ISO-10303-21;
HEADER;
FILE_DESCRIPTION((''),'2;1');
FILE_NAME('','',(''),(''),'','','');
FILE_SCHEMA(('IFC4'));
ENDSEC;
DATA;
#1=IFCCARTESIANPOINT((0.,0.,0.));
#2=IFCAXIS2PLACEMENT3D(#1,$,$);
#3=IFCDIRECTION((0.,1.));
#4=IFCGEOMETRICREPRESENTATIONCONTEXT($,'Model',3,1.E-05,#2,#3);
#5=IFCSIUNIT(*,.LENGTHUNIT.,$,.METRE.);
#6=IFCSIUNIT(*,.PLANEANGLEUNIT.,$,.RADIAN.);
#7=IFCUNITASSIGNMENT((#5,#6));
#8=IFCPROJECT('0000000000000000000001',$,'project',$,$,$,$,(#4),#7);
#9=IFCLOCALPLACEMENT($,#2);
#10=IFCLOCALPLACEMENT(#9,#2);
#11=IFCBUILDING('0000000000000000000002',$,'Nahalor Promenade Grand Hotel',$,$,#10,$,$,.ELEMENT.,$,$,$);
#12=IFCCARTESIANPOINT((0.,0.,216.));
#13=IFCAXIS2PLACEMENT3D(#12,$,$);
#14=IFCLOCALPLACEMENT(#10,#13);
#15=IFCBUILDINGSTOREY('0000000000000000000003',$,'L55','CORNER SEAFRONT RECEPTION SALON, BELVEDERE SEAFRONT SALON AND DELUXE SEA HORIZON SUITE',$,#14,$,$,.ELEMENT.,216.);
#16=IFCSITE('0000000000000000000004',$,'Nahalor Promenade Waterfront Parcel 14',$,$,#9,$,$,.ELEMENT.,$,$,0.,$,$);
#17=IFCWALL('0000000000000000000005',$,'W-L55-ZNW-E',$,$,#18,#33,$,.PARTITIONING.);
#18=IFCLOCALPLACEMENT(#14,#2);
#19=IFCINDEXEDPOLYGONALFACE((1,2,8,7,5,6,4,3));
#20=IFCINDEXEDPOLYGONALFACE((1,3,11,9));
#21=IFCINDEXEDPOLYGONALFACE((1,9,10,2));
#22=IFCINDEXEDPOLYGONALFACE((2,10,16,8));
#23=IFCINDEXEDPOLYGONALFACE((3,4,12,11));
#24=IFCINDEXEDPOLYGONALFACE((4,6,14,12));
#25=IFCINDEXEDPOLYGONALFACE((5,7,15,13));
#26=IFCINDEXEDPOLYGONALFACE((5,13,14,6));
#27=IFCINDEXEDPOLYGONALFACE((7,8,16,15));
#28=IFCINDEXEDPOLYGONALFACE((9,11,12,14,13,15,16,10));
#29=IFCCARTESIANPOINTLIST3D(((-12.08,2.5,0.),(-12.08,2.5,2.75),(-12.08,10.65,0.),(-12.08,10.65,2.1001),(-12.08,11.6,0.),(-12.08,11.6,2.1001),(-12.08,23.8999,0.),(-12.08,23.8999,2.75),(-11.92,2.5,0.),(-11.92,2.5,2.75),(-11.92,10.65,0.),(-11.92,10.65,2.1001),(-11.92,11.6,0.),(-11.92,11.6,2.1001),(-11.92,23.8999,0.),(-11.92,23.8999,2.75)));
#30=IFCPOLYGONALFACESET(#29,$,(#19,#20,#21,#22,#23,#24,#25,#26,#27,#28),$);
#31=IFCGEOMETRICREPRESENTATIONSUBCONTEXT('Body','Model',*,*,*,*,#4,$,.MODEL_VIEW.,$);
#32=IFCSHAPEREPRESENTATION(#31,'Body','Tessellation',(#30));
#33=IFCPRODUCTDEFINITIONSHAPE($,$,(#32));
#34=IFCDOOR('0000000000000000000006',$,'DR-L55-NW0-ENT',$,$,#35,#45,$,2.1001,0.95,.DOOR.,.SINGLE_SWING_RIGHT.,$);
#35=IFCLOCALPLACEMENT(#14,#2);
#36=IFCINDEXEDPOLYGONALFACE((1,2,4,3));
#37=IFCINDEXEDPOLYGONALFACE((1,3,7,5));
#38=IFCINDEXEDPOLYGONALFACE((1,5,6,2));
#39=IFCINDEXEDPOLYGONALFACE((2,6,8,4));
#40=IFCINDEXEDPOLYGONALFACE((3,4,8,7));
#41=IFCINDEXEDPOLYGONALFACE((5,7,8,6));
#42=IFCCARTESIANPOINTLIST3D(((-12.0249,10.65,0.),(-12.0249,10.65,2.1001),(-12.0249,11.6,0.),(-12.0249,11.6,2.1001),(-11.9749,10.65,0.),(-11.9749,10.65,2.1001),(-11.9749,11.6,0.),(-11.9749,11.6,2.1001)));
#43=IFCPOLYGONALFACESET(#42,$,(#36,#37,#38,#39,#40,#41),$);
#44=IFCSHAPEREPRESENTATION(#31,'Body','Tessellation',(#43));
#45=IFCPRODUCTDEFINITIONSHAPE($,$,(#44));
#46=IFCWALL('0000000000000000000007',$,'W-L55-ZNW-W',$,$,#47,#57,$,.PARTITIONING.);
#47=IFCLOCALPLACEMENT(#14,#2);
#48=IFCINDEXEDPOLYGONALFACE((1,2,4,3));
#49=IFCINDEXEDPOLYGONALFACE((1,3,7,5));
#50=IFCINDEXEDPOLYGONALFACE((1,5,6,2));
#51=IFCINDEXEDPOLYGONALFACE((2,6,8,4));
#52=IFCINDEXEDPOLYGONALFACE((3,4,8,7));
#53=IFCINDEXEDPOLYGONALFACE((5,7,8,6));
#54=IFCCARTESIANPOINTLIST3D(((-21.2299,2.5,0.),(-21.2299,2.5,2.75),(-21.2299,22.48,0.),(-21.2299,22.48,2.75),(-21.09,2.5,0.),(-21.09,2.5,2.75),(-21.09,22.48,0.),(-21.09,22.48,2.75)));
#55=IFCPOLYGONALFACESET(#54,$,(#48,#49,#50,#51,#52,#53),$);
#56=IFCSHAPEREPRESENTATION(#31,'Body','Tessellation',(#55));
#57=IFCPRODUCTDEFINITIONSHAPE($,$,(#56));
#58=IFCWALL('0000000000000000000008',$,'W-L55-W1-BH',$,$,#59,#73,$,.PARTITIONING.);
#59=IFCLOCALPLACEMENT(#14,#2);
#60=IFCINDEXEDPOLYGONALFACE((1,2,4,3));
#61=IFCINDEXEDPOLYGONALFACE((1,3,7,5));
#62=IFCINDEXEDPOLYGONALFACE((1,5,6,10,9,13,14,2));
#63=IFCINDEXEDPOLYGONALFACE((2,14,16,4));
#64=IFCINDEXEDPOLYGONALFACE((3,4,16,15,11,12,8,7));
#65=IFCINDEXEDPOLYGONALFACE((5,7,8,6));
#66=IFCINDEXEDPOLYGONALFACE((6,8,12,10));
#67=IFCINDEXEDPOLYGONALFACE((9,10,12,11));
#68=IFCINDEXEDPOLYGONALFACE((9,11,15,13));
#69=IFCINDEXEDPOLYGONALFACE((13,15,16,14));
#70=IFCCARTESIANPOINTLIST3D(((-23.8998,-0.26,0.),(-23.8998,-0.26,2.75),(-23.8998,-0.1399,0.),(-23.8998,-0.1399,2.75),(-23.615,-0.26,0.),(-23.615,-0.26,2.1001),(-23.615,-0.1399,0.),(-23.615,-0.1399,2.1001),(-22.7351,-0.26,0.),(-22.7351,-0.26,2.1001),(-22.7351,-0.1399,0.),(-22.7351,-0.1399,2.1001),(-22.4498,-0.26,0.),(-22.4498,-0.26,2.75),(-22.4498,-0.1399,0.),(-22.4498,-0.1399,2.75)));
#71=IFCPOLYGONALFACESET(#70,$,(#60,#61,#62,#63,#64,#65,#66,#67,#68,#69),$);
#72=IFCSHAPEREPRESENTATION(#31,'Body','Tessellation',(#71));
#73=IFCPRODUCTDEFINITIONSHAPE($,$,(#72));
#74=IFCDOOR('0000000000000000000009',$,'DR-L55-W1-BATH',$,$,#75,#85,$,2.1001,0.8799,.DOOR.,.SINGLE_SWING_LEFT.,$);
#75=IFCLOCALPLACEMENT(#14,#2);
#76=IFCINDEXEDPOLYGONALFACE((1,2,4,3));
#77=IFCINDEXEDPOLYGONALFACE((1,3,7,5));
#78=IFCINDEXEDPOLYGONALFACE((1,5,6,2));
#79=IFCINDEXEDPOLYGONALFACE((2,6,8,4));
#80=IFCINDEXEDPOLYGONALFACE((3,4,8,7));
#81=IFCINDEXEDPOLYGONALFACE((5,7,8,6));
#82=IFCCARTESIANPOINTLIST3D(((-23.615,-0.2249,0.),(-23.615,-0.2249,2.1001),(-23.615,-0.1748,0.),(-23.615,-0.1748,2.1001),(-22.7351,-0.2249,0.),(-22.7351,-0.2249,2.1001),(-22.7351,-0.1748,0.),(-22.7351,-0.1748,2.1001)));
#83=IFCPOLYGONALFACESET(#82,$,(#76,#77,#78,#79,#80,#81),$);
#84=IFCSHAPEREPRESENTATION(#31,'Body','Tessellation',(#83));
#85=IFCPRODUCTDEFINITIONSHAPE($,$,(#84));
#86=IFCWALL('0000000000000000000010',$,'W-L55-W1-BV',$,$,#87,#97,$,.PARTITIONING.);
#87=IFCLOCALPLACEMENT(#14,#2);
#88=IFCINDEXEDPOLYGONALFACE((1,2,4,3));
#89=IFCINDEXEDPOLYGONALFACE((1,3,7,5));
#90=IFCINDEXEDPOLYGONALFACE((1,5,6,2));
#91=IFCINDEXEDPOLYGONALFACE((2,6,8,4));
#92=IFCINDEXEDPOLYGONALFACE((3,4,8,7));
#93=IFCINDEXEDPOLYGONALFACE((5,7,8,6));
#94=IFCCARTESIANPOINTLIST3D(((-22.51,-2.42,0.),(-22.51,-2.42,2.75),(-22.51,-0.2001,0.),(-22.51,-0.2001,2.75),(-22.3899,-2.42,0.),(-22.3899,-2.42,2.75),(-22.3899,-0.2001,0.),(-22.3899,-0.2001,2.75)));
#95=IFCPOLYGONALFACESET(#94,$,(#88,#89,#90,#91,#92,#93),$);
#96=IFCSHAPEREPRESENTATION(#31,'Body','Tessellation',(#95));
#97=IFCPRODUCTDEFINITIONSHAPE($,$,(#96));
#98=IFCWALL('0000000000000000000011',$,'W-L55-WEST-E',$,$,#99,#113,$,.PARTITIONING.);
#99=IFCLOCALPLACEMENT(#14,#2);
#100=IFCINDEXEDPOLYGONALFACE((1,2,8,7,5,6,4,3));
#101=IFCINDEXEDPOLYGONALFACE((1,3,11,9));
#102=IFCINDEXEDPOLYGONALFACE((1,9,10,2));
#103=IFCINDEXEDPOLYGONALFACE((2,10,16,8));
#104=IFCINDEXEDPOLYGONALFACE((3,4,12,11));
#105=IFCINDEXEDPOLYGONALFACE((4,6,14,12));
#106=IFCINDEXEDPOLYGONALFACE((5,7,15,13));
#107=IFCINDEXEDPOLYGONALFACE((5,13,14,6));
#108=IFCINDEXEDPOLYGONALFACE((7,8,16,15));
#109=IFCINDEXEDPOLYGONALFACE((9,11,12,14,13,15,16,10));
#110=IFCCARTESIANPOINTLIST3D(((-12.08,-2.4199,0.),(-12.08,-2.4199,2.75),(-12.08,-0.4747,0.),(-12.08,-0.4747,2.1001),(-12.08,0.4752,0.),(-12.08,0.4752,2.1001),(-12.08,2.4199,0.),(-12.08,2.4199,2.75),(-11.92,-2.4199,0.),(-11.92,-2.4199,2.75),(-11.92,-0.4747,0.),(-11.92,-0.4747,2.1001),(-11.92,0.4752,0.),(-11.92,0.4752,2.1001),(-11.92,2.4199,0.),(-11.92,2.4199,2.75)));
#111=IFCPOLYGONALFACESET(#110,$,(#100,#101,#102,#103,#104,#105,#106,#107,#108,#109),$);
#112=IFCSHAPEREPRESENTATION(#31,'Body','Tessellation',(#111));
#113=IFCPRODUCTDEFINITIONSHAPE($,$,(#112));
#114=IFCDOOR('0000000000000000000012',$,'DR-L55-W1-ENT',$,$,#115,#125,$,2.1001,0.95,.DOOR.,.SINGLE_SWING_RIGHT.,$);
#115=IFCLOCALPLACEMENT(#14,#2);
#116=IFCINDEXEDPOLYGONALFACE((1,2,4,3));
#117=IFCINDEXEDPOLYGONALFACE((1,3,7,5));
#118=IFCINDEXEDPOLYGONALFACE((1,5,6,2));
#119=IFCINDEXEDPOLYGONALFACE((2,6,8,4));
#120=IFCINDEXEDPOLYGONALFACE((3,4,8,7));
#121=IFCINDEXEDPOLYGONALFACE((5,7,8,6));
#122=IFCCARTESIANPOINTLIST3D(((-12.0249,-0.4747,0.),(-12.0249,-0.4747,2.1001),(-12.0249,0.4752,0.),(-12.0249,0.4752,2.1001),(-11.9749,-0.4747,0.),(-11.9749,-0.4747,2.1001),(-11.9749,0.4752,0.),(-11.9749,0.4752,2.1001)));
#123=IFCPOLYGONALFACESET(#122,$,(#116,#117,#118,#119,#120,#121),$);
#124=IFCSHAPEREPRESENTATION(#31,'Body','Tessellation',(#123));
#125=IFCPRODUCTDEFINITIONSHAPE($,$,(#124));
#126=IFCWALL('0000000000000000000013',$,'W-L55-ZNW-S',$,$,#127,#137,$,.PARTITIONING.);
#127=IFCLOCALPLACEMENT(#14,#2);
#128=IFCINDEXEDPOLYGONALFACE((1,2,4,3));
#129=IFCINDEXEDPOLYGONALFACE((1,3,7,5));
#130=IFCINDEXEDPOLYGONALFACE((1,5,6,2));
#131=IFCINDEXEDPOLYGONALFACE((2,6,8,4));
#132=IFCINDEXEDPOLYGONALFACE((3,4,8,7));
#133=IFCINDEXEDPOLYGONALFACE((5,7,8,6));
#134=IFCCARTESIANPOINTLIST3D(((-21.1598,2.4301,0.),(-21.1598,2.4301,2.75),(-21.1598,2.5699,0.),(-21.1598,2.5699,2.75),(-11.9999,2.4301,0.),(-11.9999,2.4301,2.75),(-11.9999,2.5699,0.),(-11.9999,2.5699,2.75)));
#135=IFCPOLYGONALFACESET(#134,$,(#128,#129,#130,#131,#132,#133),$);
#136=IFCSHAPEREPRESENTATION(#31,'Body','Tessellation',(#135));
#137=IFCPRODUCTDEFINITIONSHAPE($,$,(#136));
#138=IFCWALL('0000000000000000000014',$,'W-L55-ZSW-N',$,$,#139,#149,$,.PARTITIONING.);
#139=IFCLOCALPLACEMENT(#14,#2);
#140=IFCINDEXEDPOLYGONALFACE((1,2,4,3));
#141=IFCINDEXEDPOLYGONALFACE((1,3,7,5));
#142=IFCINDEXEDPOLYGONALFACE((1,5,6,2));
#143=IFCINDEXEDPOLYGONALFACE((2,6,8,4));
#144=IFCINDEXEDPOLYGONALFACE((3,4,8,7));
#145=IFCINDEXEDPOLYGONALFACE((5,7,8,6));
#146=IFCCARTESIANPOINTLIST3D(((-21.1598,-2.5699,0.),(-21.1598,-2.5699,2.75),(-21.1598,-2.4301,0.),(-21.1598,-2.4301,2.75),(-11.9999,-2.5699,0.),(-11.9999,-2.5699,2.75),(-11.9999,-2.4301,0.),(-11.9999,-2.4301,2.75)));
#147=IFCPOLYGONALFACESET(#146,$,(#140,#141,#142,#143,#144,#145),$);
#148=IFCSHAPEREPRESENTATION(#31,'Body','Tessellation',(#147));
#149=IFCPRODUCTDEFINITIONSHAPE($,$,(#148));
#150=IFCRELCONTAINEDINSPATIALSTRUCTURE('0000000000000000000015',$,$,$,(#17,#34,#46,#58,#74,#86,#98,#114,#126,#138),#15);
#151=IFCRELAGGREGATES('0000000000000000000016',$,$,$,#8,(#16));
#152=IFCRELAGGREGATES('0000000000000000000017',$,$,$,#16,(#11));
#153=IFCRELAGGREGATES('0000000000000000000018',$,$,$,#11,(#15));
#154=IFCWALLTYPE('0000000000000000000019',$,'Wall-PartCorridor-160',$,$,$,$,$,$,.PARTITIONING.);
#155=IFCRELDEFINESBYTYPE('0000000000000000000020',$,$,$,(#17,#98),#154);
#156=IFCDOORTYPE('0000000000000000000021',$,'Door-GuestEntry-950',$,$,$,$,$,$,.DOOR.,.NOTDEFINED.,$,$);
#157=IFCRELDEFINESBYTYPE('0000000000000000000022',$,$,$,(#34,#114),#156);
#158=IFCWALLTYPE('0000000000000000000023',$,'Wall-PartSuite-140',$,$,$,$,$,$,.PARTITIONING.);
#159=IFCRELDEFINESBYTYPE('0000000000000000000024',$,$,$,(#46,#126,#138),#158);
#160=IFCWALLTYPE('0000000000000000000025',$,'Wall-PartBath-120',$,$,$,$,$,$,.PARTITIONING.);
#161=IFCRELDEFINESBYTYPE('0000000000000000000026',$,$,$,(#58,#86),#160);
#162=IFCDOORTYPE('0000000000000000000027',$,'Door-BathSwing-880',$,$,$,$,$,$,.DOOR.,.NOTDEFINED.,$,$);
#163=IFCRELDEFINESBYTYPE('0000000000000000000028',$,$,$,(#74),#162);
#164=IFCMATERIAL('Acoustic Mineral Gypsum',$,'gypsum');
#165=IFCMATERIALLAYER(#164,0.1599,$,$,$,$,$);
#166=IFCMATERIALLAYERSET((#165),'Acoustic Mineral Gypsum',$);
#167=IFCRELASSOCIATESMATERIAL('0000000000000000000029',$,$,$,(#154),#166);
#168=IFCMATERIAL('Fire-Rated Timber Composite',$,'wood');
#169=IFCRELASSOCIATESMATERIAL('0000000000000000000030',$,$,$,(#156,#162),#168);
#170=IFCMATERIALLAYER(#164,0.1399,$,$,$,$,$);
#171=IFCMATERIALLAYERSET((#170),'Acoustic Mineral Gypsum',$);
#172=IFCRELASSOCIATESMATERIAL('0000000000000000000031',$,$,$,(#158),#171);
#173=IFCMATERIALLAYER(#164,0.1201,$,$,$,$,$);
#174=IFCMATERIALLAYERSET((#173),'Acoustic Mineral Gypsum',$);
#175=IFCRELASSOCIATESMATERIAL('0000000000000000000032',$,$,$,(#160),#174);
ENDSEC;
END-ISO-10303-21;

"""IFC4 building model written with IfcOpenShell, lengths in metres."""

from ifc_helpers import new_model, si_unit, direction, frame, frame_2d, origin, place, context, subcontext, project, spatial, rectangle, extrude, source, transform, mapped, material, layer, layer_set, type_object, element, fill, save


model = new_model("IFC4")

# Units and contexts
model_context = context("Model", 3, precision=1e-05, world=origin(), true_north=direction((0.0, 1.0)))
body_context = subcontext(model_context, "Body", "Model", "MODEL_VIEW")
ifc_project = project(units=[si_unit("LENGTHUNIT", "METRE"), si_unit("PLANEANGLEUNIT", "RADIAN")], contexts=[model_context])

# Site, building, storey
site_placement = place(None, origin())
site = spatial("IfcSite", under=ifc_project, at=site_placement, Name="Nahalor Promenade Waterfront Parcel 14", CompositionType="ELEMENT", RefElevation=0.0)
building_placement = place(site_placement, origin())
building = spatial("IfcBuilding", under=site, at=building_placement, Name="Nahalor Promenade Grand Hotel", CompositionType="ELEMENT")
storey_placement = place(building_placement, frame((0.0, 0.0, 216.0)))
storey = spatial("IfcBuildingStorey", under=building, at=storey_placement, Name="L55", Description="CORNER SEAFRONT RECEPTION SALON, BELVEDERE SEAFRONT SALON AND DELUXE SEA HORIZON SUITE", CompositionType="ELEMENT", Elevation=216.0)

# Wall, opening, door
ifc_material_1 = material(Name="Acoustic Mineral Gypsum", Category="gypsum")
ifc_layer_1 = layer(ifc_material_1, 0.1599)
ifc_layer_set_1 = layer_set([ifc_layer_1], Name="Acoustic Mineral Gypsum")
wall_type_1 = type_object("IfcWallType", Name="Wall-PartCorridor-160", PredefinedType="PARTITIONING", material=ifc_layer_set_1)
shared_shape_1 = source(origin(), body_context, "Body", "SweptSolid", [
    extrude(rectangle(XDim=21.3999, YDim=0.1599, at=frame_2d((10.7, 0.0))), origin(), (0.0, 0.0, 1.0), 2.75),
])
wall_1_placement = place(storey_placement, frame((-12.0, 2.5, 0.0), z_axis=(0.0, 0.0, 1.0), x_axis=(0.0, 1.0, 0.0)))
wall_1 = element("IfcWall", 1, at=wall_1_placement, inside=storey, type_object=wall_type_1, Name="W-L55-ZNW-E", PredefinedType="PARTITIONING", context=body_context, shape_type="MappedRepresentation", body=[
    mapped(shared_shape_1, transform((0.0, 0.0, 0.0), scale=1.0)),
])
opening_1_placement = place(wall_1_placement, frame((8.1499, 0.0, 0.0)))
opening_1 = element("IfcOpeningElement", 2, at=opening_1_placement, cuts=wall_1, PredefinedType="OPENING", context=body_context, shape_type="SweptSolid", body=[
    extrude(rectangle(XDim=0.95, YDim=2.1001, at=frame_2d((0.4751, 1.05))), frame((0.0, 0.0898, 0.0), z_axis=(0.0, -1.0, 0.0), x_axis=(1.0, 0.0, 0.0)), (0.0, 0.0, 1.0), 0.1799),
])
ifc_material_2 = material(Name="Fire-Rated Timber Composite", Category="wood")
door_type_1 = type_object("IfcDoorType", Name="Door-GuestEntry-950", OperationType="NOTDEFINED", PredefinedType="DOOR", material=ifc_material_2)
shared_shape_2 = source(origin(), body_context, "Body", "SweptSolid", [
    extrude(rectangle(XDim=0.95, YDim=2.1001, at=frame_2d((0.4751, 1.05))), frame((0.0, 0.0249, 0.0), z_axis=(0.0, -1.0, 0.0), x_axis=(1.0, 0.0, 0.0)), (0.0, 0.0, 1.0), 0.05),
])
door_1_placement = place(opening_1_placement, origin())
door_1 = element("IfcDoor", 3, at=door_1_placement, inside=storey, type_object=door_type_1, Name="DR-L55-NW0-ENT", OperationType="SINGLE_SWING_RIGHT", OverallHeight=2.1001, OverallWidth=0.95, PredefinedType="DOOR", context=body_context, shape_type="MappedRepresentation", body=[
    mapped(shared_shape_2, transform((0.0, 0.0, 0.0), scale=1.0)),
])
fill(opening_1, door_1)

# Wall
ifc_layer_2 = layer(ifc_material_1, 0.1399)
ifc_layer_set_2 = layer_set([ifc_layer_2], Name="Acoustic Mineral Gypsum")
wall_type_2 = type_object("IfcWallType", Name="Wall-PartSuite-140", PredefinedType="PARTITIONING", material=ifc_layer_set_2)
shared_shape_3 = source(origin(), body_context, "Body", "SweptSolid", [
    extrude(rectangle(XDim=19.98, YDim=0.1399, at=frame_2d((9.99, 0.0))), origin(), (0.0, 0.0, 1.0), 2.75),
])
wall_2_placement = place(storey_placement, frame((-21.1599, 2.5, 0.0), z_axis=(0.0, 0.0, 1.0), x_axis=(0.0, 1.0, 0.0)))
element("IfcWall", 4, at=wall_2_placement, inside=storey, type_object=wall_type_2, Name="W-L55-ZNW-W", PredefinedType="PARTITIONING", context=body_context, shape_type="MappedRepresentation", body=[
    mapped(shared_shape_3, transform((0.0, 0.0, 0.0), scale=1.0)),
])

# Wall, opening, door
ifc_layer_3 = layer(ifc_material_1, 0.1201)
ifc_layer_set_3 = layer_set([ifc_layer_3], Name="Acoustic Mineral Gypsum")
wall_type_3 = type_object("IfcWallType", Name="Wall-PartBath-120", PredefinedType="PARTITIONING", material=ifc_layer_set_3)
shared_shape_4 = source(origin(), body_context, "Body", "SweptSolid", [
    extrude(rectangle(XDim=1.45, YDim=0.1201, at=frame_2d((0.7251, 0.0))), origin(), (0.0, 0.0, 1.0), 2.75),
])
wall_3_placement = place(storey_placement, frame((-23.8999, -0.2, 0.0), z_axis=(0.0, 0.0, 1.0), x_axis=(1.0, 0.0, 0.0)))
wall_3 = element("IfcWall", 5, at=wall_3_placement, inside=storey, type_object=wall_type_3, Name="W-L55-W1-BH", PredefinedType="PARTITIONING", context=body_context, shape_type="MappedRepresentation", body=[
    mapped(shared_shape_4, transform((0.0, 0.0, 0.0), scale=1.0)),
])
opening_2_placement = place(wall_3_placement, frame((0.2849, 0.0, 0.0)))
opening_2 = element("IfcOpeningElement", 6, at=opening_2_placement, cuts=wall_3, PredefinedType="OPENING", context=body_context, shape_type="SweptSolid", body=[
    extrude(rectangle(XDim=0.8799, YDim=2.1001, at=frame_2d((0.4399, 1.05))), frame((0.0, 0.0701, 0.0), z_axis=(0.0, -1.0, 0.0), x_axis=(1.0, 0.0, 0.0)), (0.0, 0.0, 1.0), 0.1401),
])
door_type_2 = type_object("IfcDoorType", Name="Door-BathSwing-880", OperationType="NOTDEFINED", PredefinedType="DOOR", material=ifc_material_2)
shared_shape_5 = source(origin(), body_context, "Body", "SweptSolid", [
    extrude(rectangle(XDim=0.8799, YDim=2.1001, at=frame_2d((0.4399, 1.05))), frame((0.0, 0.0249, 0.0), z_axis=(0.0, -1.0, 0.0), x_axis=(1.0, 0.0, 0.0)), (0.0, 0.0, 1.0), 0.05),
])
door_2_placement = place(opening_2_placement, frame((0.8799, 0.0, 0.0), z_axis=(0.0, 0.0, 1.0), x_axis=(-1.0, 0.0, 0.0)))
door_2 = element("IfcDoor", 7, at=door_2_placement, inside=storey, type_object=door_type_2, Name="DR-L55-W1-BATH", OperationType="SINGLE_SWING_LEFT", OverallHeight=2.1001, OverallWidth=0.8799, PredefinedType="DOOR", context=body_context, shape_type="MappedRepresentation", body=[
    mapped(shared_shape_5, transform((0.0, 0.0, 0.0), scale=1.0)),
])
fill(opening_2, door_2)

# Wall
shared_shape_6 = source(origin(), body_context, "Body", "SweptSolid", [
    extrude(rectangle(XDim=2.22, YDim=0.1201, at=frame_2d((1.1099, 0.0))), origin(), (0.0, 0.0, 1.0), 2.75),
])
wall_4_placement = place(storey_placement, frame((-22.45, -2.4199, 0.0), z_axis=(0.0, 0.0, 1.0), x_axis=(0.0, 1.0, 0.0)))
element("IfcWall", 8, at=wall_4_placement, inside=storey, type_object=wall_type_3, Name="W-L55-W1-BV", PredefinedType="PARTITIONING", context=body_context, shape_type="MappedRepresentation", body=[
    mapped(shared_shape_6, transform((0.0, 0.0, 0.0), scale=1.0)),
])

# Wall, opening, door
shared_shape_7 = source(origin(), body_context, "Body", "SweptSolid", [
    extrude(rectangle(XDim=4.8398, YDim=0.1599, at=frame_2d((2.4199, 0.0))), origin(), (0.0, 0.0, 1.0), 2.75),
])
wall_5_placement = place(storey_placement, frame((-12.0, -2.4199, 0.0), z_axis=(0.0, 0.0, 1.0), x_axis=(0.0, 1.0, 0.0)))
wall_5 = element("IfcWall", 9, at=wall_5_placement, inside=storey, type_object=wall_type_1, Name="W-L55-WEST-E", PredefinedType="PARTITIONING", context=body_context, shape_type="MappedRepresentation", body=[
    mapped(shared_shape_7, transform((0.0, 0.0, 0.0), scale=1.0)),
])
opening_3_placement = place(wall_5_placement, frame((1.9451, 0.0, 0.0)))
opening_3 = element("IfcOpeningElement", 10, at=opening_3_placement, cuts=wall_5, PredefinedType="OPENING", context=body_context, shape_type="SweptSolid", body=[
    extrude(rectangle(XDim=0.95, YDim=2.1001, at=frame_2d((0.4751, 1.05))), frame((0.0, 0.0898, 0.0), z_axis=(0.0, -1.0, 0.0), x_axis=(1.0, 0.0, 0.0)), (0.0, 0.0, 1.0), 0.1799),
])
door_3_placement = place(opening_3_placement, origin())
door_3 = element("IfcDoor", 11, at=door_3_placement, inside=storey, type_object=door_type_1, Name="DR-L55-W1-ENT", OperationType="SINGLE_SWING_RIGHT", OverallHeight=2.1001, OverallWidth=0.95, PredefinedType="DOOR", context=body_context, shape_type="MappedRepresentation", body=[
    mapped(shared_shape_2, transform((0.0, 0.0, 0.0), scale=1.0)),
])
fill(opening_3, door_3)

# Walls
shared_shape_8 = source(origin(), body_context, "Body", "SweptSolid", [
    extrude(rectangle(XDim=9.1599, YDim=0.1399, at=frame_2d((4.5801, 0.0))), origin(), (0.0, 0.0, 1.0), 2.75),
])
for number, where, z_axis, x_axis, name in (
    (12, (-21.1599, 2.5, 0.0), (0.0, 0.0, 1.0), (1.0, 0.0, 0.0), "W-L55-ZNW-S"),
    (13, (-21.1599, -2.5, 0.0), (0.0, 0.0, 1.0), (1.0, 0.0, 0.0), "W-L55-ZSW-N"),
):
    element("IfcWall", number, at=place(storey_placement, frame(where, z_axis=z_axis, x_axis=x_axis)), inside=storey, type_object=wall_type_2, Name=name, PredefinedType="PARTITIONING", context=body_context, shape_type="MappedRepresentation", body=[
        mapped(shared_shape_8, transform((0.0, 0.0, 0.0), scale=1.0)),
    ])

save(model, "model.ifc")
